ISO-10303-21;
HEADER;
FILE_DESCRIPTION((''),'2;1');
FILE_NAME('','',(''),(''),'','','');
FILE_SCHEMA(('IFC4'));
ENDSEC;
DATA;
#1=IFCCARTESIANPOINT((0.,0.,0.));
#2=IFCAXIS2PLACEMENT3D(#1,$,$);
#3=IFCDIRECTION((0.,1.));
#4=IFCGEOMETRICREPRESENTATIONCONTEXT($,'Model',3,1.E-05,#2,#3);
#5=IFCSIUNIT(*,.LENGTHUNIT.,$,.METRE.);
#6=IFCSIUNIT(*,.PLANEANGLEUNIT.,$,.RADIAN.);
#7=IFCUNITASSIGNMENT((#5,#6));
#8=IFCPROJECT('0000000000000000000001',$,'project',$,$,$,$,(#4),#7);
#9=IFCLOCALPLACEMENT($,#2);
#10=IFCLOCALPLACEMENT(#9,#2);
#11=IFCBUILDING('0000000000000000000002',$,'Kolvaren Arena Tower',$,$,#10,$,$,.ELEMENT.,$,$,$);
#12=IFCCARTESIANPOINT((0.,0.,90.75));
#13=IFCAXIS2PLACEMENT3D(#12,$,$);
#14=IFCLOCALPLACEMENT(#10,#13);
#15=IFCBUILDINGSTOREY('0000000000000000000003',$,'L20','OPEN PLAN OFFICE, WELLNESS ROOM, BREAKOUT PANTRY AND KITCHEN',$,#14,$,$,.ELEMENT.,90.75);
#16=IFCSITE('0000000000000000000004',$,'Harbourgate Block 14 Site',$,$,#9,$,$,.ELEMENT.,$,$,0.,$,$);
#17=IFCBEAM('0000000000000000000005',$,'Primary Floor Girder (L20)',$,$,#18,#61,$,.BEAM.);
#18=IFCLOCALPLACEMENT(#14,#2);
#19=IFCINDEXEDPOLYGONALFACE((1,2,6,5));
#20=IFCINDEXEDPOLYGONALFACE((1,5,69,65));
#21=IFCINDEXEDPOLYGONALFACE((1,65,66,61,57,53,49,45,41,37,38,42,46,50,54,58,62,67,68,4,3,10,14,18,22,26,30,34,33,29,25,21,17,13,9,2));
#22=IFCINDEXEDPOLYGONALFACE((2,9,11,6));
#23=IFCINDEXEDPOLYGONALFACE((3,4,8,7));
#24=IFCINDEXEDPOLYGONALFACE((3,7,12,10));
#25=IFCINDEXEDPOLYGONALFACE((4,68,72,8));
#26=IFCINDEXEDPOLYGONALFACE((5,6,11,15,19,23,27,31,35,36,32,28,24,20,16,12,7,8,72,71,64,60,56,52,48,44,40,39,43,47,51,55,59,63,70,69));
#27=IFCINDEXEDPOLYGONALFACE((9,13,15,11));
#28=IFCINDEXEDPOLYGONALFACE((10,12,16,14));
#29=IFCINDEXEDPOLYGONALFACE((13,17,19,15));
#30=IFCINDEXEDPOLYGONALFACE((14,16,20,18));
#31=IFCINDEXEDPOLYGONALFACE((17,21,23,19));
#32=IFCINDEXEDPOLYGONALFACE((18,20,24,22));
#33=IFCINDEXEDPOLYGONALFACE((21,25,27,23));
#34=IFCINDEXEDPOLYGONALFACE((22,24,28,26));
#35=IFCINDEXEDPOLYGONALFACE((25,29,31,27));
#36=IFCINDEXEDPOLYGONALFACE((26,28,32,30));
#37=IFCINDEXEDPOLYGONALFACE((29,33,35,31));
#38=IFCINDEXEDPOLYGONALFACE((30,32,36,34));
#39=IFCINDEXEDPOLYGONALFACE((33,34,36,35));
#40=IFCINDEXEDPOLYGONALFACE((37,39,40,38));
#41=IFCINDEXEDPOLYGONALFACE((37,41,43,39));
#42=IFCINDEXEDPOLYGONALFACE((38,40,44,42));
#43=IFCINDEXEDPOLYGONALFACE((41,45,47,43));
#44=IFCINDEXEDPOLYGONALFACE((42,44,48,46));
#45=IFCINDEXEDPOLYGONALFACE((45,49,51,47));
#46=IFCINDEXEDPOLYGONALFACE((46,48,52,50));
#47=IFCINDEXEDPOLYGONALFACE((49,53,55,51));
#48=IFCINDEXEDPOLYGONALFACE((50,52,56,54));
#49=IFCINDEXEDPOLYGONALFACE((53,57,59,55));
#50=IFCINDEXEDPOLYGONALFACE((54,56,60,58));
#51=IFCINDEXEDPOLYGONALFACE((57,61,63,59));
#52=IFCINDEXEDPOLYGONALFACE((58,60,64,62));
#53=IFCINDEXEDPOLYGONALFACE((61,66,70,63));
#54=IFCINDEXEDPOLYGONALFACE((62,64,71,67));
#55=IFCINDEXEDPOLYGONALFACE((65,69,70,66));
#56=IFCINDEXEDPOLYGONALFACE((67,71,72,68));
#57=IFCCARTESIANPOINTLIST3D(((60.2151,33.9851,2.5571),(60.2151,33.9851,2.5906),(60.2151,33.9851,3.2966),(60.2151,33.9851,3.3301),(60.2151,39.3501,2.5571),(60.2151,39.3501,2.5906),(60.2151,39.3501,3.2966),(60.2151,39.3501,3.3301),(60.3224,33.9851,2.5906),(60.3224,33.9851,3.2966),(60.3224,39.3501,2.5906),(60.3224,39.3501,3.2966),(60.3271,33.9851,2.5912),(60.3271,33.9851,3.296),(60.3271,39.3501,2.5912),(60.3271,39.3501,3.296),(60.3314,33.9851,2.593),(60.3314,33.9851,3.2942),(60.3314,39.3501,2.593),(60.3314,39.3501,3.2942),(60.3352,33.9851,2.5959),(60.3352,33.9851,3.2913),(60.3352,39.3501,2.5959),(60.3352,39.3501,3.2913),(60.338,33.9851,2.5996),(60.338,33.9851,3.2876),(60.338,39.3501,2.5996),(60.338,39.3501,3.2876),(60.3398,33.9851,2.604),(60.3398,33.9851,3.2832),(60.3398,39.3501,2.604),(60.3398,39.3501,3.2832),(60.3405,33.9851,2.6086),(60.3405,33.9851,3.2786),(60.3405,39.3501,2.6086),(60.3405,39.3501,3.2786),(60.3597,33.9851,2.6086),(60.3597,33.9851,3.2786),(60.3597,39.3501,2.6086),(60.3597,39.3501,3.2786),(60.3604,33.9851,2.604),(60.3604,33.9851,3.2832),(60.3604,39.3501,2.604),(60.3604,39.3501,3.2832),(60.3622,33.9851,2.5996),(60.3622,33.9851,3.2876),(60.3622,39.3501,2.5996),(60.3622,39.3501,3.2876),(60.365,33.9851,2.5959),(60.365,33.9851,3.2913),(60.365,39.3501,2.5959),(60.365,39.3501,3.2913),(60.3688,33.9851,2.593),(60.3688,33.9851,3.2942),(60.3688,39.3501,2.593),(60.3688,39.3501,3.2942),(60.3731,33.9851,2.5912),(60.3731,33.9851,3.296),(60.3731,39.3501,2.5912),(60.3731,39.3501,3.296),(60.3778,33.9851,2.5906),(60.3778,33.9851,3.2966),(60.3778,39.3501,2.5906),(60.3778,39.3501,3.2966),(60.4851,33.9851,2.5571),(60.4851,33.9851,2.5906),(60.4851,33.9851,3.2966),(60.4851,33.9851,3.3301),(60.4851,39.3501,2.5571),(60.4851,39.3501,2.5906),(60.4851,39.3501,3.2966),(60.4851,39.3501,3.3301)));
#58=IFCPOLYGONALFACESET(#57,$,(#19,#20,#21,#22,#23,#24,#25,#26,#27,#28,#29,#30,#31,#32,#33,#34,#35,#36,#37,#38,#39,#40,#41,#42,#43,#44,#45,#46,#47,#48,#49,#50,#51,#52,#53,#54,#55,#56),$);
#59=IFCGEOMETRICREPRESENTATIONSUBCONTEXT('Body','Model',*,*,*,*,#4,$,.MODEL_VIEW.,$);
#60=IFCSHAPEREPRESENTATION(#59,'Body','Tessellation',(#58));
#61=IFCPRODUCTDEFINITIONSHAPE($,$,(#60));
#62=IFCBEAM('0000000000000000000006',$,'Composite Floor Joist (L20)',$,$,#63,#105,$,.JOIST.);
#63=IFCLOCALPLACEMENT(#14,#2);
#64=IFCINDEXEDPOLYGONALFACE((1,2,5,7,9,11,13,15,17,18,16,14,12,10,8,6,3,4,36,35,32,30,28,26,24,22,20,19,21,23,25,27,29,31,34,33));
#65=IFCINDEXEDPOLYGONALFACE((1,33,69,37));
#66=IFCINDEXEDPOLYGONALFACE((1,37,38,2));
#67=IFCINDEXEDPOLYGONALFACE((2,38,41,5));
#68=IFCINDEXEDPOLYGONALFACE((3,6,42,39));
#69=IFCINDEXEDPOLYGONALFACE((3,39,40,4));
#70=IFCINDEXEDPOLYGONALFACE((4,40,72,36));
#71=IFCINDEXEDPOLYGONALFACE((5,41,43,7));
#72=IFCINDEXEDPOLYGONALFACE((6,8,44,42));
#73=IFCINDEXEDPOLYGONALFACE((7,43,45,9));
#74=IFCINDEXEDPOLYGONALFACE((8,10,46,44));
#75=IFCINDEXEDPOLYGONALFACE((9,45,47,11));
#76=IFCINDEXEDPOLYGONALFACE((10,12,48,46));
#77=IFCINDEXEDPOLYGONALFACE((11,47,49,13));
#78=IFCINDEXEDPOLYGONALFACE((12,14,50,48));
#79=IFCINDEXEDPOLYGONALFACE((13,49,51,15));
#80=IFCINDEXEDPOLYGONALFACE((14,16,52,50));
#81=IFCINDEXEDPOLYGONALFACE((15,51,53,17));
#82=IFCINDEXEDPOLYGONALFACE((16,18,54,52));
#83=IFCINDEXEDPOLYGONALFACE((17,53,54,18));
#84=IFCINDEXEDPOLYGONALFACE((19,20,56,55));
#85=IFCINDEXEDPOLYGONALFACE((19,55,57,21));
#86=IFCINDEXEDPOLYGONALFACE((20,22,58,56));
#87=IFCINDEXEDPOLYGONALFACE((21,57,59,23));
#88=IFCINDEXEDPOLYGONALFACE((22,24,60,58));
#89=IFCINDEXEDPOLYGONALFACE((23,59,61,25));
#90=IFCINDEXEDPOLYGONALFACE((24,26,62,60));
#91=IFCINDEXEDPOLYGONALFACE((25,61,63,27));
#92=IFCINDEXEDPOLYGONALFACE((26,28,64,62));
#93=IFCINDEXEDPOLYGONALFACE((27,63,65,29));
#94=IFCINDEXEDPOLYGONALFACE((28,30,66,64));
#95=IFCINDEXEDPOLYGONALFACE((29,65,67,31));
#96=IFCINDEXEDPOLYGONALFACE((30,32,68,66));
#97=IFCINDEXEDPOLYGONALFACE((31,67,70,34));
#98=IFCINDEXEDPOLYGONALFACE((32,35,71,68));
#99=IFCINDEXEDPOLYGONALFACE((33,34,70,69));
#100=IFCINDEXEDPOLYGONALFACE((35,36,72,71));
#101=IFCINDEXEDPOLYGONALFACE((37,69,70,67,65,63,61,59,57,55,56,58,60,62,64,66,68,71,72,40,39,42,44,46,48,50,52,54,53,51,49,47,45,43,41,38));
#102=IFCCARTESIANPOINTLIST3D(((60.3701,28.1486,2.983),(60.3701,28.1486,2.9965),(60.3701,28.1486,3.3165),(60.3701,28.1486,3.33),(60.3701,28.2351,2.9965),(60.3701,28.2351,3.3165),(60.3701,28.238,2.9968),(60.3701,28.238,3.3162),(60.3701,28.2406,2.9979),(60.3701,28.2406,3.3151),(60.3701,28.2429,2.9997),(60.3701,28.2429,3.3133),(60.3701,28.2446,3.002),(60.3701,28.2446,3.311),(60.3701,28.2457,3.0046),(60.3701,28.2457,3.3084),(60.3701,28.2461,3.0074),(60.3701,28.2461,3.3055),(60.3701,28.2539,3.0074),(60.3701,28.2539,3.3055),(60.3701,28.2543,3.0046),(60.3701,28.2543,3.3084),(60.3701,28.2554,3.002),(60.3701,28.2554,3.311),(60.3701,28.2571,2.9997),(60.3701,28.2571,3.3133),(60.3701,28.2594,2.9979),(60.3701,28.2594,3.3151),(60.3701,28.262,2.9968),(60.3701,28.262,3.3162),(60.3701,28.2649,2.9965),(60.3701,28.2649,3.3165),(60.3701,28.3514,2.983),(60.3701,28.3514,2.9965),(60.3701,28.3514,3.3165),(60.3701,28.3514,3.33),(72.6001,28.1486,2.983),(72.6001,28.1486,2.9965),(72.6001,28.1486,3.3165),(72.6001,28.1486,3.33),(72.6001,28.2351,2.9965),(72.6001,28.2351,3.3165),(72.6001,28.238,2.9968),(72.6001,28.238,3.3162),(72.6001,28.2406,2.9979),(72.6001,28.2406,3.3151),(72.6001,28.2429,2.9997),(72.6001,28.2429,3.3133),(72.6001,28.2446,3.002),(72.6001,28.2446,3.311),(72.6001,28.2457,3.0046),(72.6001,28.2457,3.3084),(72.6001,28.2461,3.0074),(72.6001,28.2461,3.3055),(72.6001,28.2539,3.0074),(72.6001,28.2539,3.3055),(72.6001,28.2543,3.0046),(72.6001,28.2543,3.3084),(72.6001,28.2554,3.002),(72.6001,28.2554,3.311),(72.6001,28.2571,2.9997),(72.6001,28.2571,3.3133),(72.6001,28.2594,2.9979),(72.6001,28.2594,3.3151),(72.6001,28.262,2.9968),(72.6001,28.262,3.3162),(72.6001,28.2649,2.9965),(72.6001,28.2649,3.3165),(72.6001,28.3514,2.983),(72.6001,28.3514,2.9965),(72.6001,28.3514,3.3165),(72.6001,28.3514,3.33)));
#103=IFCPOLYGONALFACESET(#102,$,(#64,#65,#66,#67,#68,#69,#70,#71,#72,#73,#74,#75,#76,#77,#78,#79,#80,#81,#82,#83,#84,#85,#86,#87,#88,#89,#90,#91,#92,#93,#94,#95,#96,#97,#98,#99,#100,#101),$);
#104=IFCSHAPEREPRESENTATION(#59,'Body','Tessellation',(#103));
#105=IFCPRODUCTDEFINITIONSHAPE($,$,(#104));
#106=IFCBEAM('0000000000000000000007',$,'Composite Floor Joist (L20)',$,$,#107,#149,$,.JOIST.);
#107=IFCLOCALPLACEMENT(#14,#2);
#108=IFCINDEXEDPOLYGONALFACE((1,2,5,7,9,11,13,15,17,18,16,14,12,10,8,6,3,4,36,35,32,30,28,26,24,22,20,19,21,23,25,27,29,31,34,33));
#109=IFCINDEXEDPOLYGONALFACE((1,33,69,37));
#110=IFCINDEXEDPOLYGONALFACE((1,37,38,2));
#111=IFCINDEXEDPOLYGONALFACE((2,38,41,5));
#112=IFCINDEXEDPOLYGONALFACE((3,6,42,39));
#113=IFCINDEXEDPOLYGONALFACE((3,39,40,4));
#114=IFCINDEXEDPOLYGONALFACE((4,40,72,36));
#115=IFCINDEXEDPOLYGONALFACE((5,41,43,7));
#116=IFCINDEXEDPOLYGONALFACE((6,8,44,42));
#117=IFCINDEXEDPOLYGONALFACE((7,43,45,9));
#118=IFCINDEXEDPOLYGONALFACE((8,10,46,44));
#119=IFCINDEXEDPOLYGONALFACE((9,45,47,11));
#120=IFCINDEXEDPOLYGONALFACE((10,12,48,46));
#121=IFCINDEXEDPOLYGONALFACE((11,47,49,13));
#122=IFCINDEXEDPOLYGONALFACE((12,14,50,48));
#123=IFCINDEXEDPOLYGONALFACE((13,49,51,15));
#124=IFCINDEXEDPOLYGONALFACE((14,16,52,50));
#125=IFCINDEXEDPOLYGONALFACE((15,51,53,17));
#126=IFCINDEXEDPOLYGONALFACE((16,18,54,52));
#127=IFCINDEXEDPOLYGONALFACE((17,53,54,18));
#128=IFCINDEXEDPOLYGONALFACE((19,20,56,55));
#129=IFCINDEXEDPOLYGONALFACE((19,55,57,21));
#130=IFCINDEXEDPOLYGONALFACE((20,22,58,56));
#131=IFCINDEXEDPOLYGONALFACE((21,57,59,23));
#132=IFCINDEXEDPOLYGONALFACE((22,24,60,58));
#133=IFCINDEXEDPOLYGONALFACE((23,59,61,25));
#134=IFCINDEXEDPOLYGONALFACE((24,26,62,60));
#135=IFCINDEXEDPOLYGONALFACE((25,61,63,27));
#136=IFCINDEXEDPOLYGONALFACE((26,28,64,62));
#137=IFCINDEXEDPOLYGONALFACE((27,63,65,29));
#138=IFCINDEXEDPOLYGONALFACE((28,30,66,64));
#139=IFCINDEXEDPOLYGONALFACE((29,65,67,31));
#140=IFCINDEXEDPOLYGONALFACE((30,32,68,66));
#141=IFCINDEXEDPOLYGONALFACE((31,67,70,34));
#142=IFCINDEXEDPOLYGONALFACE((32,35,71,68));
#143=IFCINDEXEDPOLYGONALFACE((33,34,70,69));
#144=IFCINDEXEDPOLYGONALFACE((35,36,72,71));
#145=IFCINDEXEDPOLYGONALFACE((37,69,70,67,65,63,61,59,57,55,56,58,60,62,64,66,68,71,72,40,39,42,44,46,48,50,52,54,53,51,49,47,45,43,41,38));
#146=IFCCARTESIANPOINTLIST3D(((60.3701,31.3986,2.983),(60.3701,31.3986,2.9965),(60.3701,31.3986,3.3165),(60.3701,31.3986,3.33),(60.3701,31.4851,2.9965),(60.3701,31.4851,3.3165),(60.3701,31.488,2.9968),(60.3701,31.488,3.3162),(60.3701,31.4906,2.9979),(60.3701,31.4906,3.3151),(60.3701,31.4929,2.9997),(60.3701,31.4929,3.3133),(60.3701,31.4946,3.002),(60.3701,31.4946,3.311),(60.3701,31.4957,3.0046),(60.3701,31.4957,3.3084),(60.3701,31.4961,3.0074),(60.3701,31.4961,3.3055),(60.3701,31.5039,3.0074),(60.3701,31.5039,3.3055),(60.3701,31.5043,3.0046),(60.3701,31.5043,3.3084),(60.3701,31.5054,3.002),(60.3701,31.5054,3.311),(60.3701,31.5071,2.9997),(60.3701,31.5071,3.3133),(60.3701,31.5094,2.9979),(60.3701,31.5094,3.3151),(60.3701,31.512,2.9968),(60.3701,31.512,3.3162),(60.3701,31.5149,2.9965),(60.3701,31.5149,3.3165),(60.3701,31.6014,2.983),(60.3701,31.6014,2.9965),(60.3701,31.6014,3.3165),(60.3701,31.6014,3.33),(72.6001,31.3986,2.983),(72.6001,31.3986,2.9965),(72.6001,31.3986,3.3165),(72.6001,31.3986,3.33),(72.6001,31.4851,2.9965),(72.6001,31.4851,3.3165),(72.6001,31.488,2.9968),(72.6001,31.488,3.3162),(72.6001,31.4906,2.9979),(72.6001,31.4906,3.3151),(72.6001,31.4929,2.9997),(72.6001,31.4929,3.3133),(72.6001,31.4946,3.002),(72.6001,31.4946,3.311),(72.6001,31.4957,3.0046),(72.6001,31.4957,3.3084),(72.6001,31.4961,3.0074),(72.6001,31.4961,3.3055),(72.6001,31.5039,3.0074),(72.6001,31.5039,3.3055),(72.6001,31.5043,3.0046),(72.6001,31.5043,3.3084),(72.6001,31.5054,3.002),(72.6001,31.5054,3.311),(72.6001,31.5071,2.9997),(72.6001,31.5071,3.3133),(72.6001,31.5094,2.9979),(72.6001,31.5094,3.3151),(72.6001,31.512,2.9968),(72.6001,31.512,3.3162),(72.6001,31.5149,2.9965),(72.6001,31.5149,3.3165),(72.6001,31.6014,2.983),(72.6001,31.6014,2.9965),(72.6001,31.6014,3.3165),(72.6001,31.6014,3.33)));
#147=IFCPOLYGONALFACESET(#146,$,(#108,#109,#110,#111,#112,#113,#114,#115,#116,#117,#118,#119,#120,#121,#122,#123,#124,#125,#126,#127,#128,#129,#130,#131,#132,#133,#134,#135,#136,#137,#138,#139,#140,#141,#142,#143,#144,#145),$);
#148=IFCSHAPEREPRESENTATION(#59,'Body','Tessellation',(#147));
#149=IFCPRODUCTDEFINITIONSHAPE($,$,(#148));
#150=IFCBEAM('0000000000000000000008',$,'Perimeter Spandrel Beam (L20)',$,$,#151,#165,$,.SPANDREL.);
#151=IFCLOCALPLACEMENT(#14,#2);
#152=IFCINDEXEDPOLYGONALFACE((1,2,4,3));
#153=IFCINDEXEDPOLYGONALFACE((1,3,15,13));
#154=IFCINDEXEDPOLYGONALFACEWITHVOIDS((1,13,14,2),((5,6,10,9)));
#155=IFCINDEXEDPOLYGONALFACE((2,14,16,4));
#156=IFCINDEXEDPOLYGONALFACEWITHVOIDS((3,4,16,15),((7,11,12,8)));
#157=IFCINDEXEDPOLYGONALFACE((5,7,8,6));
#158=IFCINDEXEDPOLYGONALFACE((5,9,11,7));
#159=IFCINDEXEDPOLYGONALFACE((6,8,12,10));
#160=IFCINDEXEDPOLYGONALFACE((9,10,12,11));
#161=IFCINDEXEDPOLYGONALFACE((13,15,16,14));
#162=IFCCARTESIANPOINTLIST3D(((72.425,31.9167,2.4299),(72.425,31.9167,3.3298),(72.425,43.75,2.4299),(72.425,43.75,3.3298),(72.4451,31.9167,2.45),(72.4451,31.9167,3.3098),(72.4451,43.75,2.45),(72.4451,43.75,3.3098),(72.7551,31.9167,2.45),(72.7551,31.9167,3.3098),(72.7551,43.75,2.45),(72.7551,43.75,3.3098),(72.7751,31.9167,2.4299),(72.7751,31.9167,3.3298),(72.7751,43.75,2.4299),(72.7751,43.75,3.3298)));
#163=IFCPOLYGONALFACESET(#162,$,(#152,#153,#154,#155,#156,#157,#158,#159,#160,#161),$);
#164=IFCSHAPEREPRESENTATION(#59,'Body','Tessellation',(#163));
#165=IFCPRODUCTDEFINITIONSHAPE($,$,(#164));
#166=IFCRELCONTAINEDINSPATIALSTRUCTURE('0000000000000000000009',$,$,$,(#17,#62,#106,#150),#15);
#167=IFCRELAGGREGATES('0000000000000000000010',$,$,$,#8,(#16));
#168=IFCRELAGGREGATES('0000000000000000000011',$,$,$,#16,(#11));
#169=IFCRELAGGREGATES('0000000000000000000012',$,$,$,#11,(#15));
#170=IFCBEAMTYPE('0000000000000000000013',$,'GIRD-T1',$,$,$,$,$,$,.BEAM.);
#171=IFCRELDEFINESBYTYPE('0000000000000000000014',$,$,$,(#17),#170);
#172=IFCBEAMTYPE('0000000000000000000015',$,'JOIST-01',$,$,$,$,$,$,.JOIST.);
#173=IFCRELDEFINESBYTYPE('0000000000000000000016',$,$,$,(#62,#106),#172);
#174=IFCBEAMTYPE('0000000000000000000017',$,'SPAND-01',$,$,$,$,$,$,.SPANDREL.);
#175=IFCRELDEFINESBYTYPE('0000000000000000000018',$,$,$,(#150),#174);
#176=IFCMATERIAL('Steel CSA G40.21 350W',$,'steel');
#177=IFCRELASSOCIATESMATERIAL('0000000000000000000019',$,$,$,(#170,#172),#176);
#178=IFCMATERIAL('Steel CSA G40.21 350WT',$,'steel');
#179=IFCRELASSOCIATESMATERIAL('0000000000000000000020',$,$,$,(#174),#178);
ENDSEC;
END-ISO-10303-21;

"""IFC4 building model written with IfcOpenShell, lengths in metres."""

from ifc_helpers import new_model, si_unit, direction, frame, origin, origin_2d, place, context, subcontext, project, spatial, hollow_rectangle, i_section, extrude, material, material_profile, profile_set, type_object, element, save


model = new_model("IFC4")

# Units and contexts
model_context = context("Model", 3, precision=1e-05, world=origin(), true_north=direction((0.0, 1.0)))
body_context = subcontext(model_context, "Body", "Model", "MODEL_VIEW")
ifc_project = project(units=[si_unit("LENGTHUNIT", "METRE"), si_unit("PLANEANGLEUNIT", "RADIAN")], contexts=[model_context])

# Site, building, storey
site_placement = place(None, origin())
site = spatial("IfcSite", under=ifc_project, at=site_placement, Name="Harbourgate Block 14 Site", CompositionType="ELEMENT", RefElevation=0.0)
building_placement = place(site_placement, origin())
building = spatial("IfcBuilding", under=site, at=building_placement, Name="Kolvaren Arena Tower", CompositionType="ELEMENT")
storey_placement = place(building_placement, frame((0.0, 0.0, 90.75)))
storey = spatial("IfcBuildingStorey", under=building, at=storey_placement, Name="L20", Description="OPEN PLAN OFFICE, WELLNESS ROOM, BREAKOUT PANTRY AND KITCHEN", CompositionType="ELEMENT", Elevation=90.75)

# Beams
ifc_material_1 = material(Name="Steel CSA G40.21 350W", Category="steel")
ifc_material_profile_1 = material_profile(ifc_material_1, i_section(OverallWidth=0.27, OverallDepth=0.7729, WebThickness=0.0193, FlangeThickness=0.0334, FilletRadius=0.0181, at=origin_2d()), Name="W760x257")
ifc_profile_set_1 = profile_set([ifc_material_profile_1], Name="Steel CSA G40.21 350W")
beam_type_1 = type_object("IfcBeamType", Name="GIRD-T1", PredefinedType="BEAM", material=ifc_profile_set_1)
beam_1_placement = place(storey_placement, frame((60.3501, 33.9851, 2.9436), z_axis=(0.0, 1.0, 0.0), x_axis=(-1.0, 0.0, 0.0)))
element("IfcBeam", 1, at=beam_1_placement, inside=storey, type_object=beam_type_1, Name="Primary Floor Girder (L20)", PredefinedType="BEAM", context=body_context, shape_type="SweptSolid", body=[
    extrude(i_section(OverallWidth=0.27, OverallDepth=0.7729, WebThickness=0.0193, FlangeThickness=0.0334, FilletRadius=0.0181, at=origin_2d()), origin(), (0.0, 0.0, 1.0), 5.365),
])
ifc_material_profile_2 = material_profile(ifc_material_1, i_section(OverallWidth=0.2029, OverallDepth=0.3469, WebThickness=0.0078, FlangeThickness=0.0134, FilletRadius=0.011, at=origin_2d()), Name="W360x64")
ifc_profile_set_2 = profile_set([ifc_material_profile_2], Name="Steel CSA G40.21 350W")
beam_type_2 = type_object("IfcBeamType", Name="JOIST-01", PredefinedType="JOIST", material=ifc_profile_set_2)
for number, where, z_axis, x_axis, name in (
    (2, (60.3701, 28.25, 3.1565), (1.0, 0.0, 0.0), (0.0, 1.0, 0.0), "Composite Floor Joist (L20)"),
    (3, (60.3701, 31.5, 3.1565), (1.0, 0.0, 0.0), (0.0, 1.0, 0.0), "Composite Floor Joist (L20)"),
):
    element("IfcBeam", number, at=place(storey_placement, frame(where, z_axis=z_axis, x_axis=x_axis)), inside=storey, type_object=beam_type_2, Name=name, PredefinedType="JOIST", context=body_context, shape_type="SweptSolid", body=[
        extrude(i_section(OverallWidth=0.2029, OverallDepth=0.3469, WebThickness=0.0078, FlangeThickness=0.0134, FilletRadius=0.011, at=origin_2d()), origin(), (0.0, 0.0, 1.0), 12.23),
    ])
ifc_material_2 = material(Name="Steel CSA G40.21 350WT", Category="steel")
ifc_material_profile_3 = material_profile(ifc_material_2, hollow_rectangle(XDim=0.3501, YDim=0.8999, WallThickness=0.02, at=origin_2d()), Name="HSS 900x350x20")
ifc_profile_set_3 = profile_set([ifc_material_profile_3], Name="Steel CSA G40.21 350WT")
beam_type_3 = type_object("IfcBeamType", Name="SPAND-01", PredefinedType="SPANDREL", material=ifc_profile_set_3)
beam_2_placement = place(storey_placement, frame((72.6001, 31.9167, 2.8799), z_axis=(0.0, 1.0, 0.0), x_axis=(-1.0, 0.0, 0.0)))
element("IfcBeam", 4, at=beam_2_placement, inside=storey, type_object=beam_type_3, Name="Perimeter Spandrel Beam (L20)", PredefinedType="SPANDREL", context=body_context, shape_type="SweptSolid", body=[
    extrude(hollow_rectangle(XDim=0.3501, YDim=0.8999, WallThickness=0.02, at=origin_2d()), origin(), (0.0, 0.0, 1.0), 11.8333),
])

save(model, "model.ifc")
